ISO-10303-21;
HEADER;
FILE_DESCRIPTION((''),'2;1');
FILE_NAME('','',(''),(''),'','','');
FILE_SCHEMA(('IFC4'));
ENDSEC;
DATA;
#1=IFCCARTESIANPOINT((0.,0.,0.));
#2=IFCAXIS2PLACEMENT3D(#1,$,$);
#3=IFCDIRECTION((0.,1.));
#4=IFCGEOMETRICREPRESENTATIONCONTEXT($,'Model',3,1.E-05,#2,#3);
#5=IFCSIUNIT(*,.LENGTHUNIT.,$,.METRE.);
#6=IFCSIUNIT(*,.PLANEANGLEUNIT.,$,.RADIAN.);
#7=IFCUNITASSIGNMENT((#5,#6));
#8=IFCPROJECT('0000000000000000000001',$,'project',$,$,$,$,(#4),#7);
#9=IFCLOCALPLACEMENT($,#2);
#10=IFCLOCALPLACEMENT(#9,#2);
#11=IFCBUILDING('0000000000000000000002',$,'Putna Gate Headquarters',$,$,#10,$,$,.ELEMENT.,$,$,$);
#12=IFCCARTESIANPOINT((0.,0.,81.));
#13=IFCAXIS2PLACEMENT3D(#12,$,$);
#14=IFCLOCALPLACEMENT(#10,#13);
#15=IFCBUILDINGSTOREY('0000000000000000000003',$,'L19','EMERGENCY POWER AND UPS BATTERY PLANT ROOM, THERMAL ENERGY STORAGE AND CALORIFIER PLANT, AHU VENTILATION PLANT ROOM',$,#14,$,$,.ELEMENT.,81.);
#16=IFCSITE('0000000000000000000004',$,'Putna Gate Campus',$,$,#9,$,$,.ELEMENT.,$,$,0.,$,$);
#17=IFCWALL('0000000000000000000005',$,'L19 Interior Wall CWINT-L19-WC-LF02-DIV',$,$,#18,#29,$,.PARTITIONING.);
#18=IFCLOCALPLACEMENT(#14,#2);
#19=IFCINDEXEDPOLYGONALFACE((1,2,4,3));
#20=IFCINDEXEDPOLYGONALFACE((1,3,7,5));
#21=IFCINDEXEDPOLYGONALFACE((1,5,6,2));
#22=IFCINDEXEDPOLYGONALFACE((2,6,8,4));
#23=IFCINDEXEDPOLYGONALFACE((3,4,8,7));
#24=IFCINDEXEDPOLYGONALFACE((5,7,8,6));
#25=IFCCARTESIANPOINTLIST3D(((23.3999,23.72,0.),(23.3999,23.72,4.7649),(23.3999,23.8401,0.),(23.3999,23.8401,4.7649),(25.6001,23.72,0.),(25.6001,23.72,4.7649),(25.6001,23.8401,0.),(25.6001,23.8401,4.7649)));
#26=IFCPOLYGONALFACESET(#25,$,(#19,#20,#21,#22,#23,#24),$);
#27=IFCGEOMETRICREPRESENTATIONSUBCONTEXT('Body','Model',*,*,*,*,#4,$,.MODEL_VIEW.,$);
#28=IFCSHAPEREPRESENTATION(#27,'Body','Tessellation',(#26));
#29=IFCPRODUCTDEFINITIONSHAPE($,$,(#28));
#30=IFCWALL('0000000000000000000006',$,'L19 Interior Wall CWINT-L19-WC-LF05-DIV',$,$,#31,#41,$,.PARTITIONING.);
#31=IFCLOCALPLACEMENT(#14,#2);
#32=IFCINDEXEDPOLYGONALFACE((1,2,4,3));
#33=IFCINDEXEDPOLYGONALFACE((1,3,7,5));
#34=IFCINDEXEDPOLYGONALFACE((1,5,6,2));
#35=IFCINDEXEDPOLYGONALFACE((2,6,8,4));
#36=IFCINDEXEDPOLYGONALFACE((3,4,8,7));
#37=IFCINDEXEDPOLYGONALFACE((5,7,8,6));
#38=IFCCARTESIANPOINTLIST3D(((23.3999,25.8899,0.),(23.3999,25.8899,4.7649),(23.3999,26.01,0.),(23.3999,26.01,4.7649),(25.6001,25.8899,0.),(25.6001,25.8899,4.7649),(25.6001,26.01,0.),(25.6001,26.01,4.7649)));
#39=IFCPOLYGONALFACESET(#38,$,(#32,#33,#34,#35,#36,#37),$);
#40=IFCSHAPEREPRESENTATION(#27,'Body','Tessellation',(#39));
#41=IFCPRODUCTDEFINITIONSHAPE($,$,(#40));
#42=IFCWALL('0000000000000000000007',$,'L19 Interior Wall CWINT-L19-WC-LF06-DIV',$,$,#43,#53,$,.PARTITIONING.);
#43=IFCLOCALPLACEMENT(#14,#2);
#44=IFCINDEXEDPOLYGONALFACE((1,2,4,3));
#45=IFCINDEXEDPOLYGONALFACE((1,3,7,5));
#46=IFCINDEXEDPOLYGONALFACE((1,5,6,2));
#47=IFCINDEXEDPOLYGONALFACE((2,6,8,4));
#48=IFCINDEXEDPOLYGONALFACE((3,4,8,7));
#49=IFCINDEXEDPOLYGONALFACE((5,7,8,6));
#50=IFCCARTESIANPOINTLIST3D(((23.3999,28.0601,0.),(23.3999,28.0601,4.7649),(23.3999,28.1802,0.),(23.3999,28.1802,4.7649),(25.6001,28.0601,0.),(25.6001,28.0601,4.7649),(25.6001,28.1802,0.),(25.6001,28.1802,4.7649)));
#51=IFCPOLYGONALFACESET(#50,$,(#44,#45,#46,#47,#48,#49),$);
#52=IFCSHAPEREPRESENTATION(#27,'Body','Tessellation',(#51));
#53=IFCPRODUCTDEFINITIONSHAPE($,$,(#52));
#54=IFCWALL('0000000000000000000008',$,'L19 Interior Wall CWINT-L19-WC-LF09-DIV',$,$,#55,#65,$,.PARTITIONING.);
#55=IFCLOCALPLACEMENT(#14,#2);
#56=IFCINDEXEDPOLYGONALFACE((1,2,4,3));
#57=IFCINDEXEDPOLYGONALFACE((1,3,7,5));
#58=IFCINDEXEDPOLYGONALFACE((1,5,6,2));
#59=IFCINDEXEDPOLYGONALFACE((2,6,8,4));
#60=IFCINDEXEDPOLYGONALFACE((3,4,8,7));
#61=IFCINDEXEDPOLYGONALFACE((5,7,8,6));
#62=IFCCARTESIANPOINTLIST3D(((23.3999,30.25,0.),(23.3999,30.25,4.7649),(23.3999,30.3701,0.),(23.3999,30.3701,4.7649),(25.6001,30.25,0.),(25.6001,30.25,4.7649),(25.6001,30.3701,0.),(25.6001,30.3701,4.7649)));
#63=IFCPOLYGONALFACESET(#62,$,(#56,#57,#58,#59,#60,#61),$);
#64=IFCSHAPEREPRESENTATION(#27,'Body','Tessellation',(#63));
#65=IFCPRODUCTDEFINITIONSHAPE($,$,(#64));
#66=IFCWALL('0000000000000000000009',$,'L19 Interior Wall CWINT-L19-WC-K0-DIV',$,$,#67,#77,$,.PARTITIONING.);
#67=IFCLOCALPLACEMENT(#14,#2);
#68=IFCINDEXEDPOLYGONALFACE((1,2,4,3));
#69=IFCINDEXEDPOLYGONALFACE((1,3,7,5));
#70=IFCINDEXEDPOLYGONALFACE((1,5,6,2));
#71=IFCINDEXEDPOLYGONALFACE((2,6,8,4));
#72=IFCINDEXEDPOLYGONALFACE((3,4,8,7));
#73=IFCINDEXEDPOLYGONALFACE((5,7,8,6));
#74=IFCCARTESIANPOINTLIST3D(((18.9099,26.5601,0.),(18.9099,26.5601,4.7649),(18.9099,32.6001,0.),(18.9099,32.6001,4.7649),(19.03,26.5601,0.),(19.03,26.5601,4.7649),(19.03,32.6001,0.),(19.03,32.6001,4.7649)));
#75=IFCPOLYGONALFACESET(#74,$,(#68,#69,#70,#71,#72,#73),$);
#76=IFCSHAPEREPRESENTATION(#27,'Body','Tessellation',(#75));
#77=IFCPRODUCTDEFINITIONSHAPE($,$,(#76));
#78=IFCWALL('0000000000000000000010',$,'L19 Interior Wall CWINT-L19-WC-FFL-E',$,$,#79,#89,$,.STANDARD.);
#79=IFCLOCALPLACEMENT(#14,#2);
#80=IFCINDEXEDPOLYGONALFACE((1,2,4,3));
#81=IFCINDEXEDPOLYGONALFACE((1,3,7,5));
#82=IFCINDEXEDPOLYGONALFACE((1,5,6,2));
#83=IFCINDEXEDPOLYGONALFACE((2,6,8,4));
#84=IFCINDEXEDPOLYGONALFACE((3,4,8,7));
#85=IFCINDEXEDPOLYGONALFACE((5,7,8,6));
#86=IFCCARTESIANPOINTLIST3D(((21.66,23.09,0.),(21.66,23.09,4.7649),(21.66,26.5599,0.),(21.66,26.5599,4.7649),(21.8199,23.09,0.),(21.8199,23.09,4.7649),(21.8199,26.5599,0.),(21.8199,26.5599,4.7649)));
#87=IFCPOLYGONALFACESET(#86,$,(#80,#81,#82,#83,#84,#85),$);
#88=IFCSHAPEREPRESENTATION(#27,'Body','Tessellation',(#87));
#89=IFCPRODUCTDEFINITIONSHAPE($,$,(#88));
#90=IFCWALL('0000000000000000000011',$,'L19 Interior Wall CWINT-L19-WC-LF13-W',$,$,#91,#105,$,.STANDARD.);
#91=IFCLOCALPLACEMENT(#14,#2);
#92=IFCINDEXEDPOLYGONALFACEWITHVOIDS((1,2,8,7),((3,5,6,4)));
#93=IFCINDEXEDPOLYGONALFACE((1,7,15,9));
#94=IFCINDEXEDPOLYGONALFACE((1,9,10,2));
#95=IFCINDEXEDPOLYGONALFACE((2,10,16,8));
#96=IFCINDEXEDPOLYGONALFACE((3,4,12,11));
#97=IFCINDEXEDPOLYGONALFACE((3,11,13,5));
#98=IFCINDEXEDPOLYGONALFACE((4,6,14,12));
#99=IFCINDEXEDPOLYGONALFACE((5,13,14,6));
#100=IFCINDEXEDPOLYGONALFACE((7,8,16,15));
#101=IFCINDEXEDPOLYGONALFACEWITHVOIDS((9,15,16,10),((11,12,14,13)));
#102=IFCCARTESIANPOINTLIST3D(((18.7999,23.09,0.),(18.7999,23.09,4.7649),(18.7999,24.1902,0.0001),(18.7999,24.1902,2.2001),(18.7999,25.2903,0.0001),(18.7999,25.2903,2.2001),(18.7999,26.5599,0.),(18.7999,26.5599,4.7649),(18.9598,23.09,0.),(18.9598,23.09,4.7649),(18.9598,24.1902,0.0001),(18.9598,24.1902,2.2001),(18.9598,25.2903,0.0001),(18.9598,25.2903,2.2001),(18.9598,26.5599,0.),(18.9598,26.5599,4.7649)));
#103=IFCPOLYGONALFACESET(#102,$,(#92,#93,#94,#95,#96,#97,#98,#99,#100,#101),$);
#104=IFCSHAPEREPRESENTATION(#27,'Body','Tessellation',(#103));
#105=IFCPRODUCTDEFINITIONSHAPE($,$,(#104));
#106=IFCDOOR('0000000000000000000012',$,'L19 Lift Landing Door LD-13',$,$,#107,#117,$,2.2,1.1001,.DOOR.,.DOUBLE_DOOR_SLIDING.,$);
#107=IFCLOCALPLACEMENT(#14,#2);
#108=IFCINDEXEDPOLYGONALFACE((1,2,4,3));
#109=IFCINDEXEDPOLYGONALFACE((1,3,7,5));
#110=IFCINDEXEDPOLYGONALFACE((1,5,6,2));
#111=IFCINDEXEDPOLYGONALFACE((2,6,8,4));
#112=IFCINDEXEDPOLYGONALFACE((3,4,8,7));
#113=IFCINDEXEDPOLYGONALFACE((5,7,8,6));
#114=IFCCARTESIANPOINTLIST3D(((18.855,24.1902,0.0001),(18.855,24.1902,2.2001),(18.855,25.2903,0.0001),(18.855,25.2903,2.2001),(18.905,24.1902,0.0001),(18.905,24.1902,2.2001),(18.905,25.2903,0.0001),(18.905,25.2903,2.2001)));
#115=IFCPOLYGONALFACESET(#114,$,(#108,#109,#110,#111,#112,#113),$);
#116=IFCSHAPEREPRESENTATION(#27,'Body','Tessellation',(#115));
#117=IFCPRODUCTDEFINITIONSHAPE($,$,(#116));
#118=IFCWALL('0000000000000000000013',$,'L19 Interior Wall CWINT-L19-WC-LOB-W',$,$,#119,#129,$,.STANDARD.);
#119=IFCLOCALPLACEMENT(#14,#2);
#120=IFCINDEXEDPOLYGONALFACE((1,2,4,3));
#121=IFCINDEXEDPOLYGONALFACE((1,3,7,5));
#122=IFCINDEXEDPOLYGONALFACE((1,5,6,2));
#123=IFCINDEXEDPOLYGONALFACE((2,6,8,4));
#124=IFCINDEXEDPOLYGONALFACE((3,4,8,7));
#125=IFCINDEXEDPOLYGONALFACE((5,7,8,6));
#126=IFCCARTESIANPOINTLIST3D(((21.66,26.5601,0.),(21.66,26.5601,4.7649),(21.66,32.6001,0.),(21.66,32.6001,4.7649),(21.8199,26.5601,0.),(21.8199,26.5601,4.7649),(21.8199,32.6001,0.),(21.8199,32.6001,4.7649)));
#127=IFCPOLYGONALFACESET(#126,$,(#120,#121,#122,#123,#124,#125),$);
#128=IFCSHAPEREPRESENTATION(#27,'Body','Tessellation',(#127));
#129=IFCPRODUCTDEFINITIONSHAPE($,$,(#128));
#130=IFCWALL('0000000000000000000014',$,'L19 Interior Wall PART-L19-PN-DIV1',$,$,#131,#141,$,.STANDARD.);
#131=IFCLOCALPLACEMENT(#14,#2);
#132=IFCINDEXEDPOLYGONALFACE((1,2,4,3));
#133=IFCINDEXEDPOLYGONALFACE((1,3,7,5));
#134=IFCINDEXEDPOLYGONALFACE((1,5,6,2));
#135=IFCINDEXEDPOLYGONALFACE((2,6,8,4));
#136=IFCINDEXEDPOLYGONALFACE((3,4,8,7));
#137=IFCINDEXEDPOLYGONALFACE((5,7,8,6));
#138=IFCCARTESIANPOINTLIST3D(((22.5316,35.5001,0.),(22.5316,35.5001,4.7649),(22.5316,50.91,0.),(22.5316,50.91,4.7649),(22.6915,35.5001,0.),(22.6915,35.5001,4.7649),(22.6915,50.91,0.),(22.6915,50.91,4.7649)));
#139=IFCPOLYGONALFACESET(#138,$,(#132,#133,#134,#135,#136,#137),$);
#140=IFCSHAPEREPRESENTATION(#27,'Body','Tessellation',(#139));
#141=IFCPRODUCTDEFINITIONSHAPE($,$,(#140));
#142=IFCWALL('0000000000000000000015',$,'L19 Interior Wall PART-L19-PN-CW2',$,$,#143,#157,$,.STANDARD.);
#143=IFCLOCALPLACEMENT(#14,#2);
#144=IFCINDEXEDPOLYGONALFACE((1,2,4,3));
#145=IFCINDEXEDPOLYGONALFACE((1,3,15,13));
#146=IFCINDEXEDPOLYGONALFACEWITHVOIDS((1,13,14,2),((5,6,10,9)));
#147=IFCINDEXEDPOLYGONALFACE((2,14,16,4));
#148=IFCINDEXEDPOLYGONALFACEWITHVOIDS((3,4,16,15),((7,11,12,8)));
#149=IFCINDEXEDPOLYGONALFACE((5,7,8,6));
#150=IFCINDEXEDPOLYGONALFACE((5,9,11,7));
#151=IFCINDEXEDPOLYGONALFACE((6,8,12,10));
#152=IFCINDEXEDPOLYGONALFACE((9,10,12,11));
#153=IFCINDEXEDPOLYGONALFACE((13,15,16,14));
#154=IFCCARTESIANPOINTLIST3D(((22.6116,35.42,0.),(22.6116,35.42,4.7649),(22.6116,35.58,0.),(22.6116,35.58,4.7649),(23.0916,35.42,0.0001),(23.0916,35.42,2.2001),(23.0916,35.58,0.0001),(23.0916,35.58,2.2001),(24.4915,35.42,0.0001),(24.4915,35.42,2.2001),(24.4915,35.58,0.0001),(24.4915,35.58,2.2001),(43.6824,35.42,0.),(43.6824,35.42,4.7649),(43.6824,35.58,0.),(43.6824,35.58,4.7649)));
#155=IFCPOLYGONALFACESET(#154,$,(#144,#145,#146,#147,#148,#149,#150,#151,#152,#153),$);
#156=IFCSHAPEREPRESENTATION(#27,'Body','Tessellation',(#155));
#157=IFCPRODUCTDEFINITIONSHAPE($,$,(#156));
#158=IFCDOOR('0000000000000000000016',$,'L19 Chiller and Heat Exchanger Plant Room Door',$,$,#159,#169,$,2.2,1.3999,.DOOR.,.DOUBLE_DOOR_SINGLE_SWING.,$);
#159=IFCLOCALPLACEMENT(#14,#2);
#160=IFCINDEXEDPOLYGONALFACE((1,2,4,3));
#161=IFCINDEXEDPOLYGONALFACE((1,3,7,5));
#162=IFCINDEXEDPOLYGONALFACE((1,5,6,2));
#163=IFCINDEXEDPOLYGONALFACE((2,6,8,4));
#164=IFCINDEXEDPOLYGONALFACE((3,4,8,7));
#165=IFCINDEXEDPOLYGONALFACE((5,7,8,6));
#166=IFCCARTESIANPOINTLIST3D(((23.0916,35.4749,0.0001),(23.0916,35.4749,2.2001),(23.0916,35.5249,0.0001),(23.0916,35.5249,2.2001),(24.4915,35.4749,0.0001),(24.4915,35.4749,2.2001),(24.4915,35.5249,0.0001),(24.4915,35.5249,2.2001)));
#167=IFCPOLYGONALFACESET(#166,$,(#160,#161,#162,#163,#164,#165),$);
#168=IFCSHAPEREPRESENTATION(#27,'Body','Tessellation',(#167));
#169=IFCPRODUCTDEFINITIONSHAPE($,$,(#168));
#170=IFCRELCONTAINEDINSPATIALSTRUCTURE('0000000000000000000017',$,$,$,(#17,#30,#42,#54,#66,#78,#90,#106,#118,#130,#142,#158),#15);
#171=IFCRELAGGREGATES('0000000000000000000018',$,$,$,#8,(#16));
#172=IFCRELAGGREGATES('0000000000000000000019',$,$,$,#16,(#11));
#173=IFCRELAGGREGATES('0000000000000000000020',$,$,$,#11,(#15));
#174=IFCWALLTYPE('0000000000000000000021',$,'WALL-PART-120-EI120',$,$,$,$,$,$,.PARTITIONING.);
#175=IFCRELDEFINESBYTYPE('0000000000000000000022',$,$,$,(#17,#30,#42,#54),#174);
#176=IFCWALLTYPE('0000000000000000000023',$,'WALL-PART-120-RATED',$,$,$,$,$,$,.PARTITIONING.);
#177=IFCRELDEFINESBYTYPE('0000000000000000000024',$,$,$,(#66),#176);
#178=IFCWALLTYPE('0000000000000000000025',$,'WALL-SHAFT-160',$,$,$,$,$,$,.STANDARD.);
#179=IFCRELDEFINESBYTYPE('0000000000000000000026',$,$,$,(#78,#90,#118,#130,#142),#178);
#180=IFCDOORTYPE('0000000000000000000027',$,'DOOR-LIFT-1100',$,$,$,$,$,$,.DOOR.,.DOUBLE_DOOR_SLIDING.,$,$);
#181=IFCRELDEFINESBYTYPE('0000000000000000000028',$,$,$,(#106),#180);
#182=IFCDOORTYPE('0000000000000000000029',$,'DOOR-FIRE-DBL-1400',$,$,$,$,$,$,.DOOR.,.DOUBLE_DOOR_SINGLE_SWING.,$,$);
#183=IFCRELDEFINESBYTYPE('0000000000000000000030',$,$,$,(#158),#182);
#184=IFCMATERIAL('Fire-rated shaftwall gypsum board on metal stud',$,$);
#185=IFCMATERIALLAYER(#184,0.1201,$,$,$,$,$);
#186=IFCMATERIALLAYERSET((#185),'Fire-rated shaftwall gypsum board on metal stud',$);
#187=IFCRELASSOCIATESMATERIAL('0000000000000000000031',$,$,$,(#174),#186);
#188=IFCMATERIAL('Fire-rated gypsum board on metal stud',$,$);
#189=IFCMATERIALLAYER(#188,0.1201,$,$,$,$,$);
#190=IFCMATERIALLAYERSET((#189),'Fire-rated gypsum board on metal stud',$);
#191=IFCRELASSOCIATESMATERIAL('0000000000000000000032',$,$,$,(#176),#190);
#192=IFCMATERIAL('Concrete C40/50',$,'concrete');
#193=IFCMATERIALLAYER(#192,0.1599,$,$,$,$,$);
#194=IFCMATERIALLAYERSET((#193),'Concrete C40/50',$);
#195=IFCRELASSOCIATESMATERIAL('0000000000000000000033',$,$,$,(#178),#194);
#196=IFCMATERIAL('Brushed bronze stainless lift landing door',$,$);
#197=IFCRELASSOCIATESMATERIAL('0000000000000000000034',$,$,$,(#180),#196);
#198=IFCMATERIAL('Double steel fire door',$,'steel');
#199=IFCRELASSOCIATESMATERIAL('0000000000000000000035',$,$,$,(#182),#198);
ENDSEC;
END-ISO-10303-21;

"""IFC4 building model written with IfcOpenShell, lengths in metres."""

from ifc_helpers import new_model, si_unit, direction, frame, frame_2d, origin, place, context, subcontext, project, spatial, rectangle, extrude, material, layer, layer_set, type_object, element, fill, save


model = new_model("IFC4")

# Units and contexts
model_context = context("Model", 3, precision=1e-05, world=origin(), true_north=direction((0.0, 1.0)))
body_context = subcontext(model_context, "Body", "Model", "MODEL_VIEW")
ifc_project = project(units=[si_unit("LENGTHUNIT", "METRE"), si_unit("PLANEANGLEUNIT", "RADIAN")], contexts=[model_context])

# Site, building, storey
site_placement = place(None, origin())
site = spatial("IfcSite", under=ifc_project, at=site_placement, Name="Putna Gate Campus", CompositionType="ELEMENT", RefElevation=0.0)
building_placement = place(site_placement, origin())
building = spatial("IfcBuilding", under=site, at=building_placement, Name="Putna Gate Headquarters", CompositionType="ELEMENT")
storey_placement = place(building_placement, frame((0.0, 0.0, 81.0)))
storey = spatial("IfcBuildingStorey", under=building, at=storey_placement, Name="L19", Description="EMERGENCY POWER AND UPS BATTERY PLANT ROOM, THERMAL ENERGY STORAGE AND CALORIFIER PLANT, AHU VENTILATION PLANT ROOM", CompositionType="ELEMENT", Elevation=81.0)

# Walls
ifc_material_1 = material(Name="Fire-rated shaftwall gypsum board on metal stud")
ifc_layer_1 = layer(ifc_material_1, 0.1201)
ifc_layer_set_1 = layer_set([ifc_layer_1], Name="Fire-rated shaftwall gypsum board on metal stud")
wall_type_1 = type_object("IfcWallType", Name="WALL-PART-120-EI120", PredefinedType="PARTITIONING", material=ifc_layer_set_1)
for number, where, z_axis, x_axis, name in (
    (1, (23.3999, 23.78, 0.0), (0.0, 0.0, 1.0), (1.0, 0.0, 0.0), "L19 Interior Wall CWINT-L19-WC-LF02-DIV"),
    (2, (23.3999, 25.95, 0.0), (0.0, 0.0, 1.0), (1.0, 0.0, 0.0), "L19 Interior Wall CWINT-L19-WC-LF05-DIV"),
    (3, (23.3999, 28.1201, 0.0), (0.0, 0.0, 1.0), (1.0, 0.0, 0.0), "L19 Interior Wall CWINT-L19-WC-LF06-DIV"),
    (4, (23.3999, 30.3101, 0.0), (0.0, 0.0, 1.0), (1.0, 0.0, 0.0), "L19 Interior Wall CWINT-L19-WC-LF09-DIV"),
):
    element("IfcWall", number, at=place(storey_placement, frame(where, z_axis=z_axis, x_axis=x_axis)), inside=storey, type_object=wall_type_1, Name=name, PredefinedType="PARTITIONING", context=body_context, shape_type="SweptSolid", body=[
        extrude(rectangle(XDim=2.2002, YDim=0.1201, at=frame_2d((1.1001, 0.0))), origin(), (0.0, 0.0, 1.0), 4.7649),
    ])
ifc_material_2 = material(Name="Fire-rated gypsum board on metal stud")
ifc_layer_2 = layer(ifc_material_2, 0.1201)
ifc_layer_set_2 = layer_set([ifc_layer_2], Name="Fire-rated gypsum board on metal stud")
wall_type_2 = type_object("IfcWallType", Name="WALL-PART-120-RATED", PredefinedType="PARTITIONING", material=ifc_layer_set_2)
wall_1_placement = place(storey_placement, frame((18.97, 26.5601, 0.0), z_axis=(0.0, 0.0, 1.0), x_axis=(0.0, 1.0, 0.0)))
element("IfcWall", 5, at=wall_1_placement, inside=storey, type_object=wall_type_2, Name="L19 Interior Wall CWINT-L19-WC-K0-DIV", PredefinedType="PARTITIONING", context=body_context, shape_type="SweptSolid", body=[
    extrude(rectangle(XDim=6.04, YDim=0.1201, at=frame_2d((3.02, 0.0))), origin(), (0.0, 0.0, 1.0), 4.7649),
])
ifc_material_3 = material(Name="Concrete C40/50", Category="concrete")
ifc_layer_3 = layer(ifc_material_3, 0.1599)
ifc_layer_set_3 = layer_set([ifc_layer_3], Name="Concrete C40/50")
wall_type_3 = type_object("IfcWallType", Name="WALL-SHAFT-160", PredefinedType="STANDARD", material=ifc_layer_set_3)
wall_2_placement = place(storey_placement, frame((21.74, 23.0901, 0.0), z_axis=(0.0, 0.0, 1.0), x_axis=(0.0, 1.0, 0.0)))
element("IfcWall", 6, at=wall_2_placement, inside=storey, type_object=wall_type_3, Name="L19 Interior Wall CWINT-L19-WC-FFL-E", PredefinedType="STANDARD", context=body_context, shape_type="SweptSolid", body=[
    extrude(rectangle(XDim=3.47, YDim=0.1599, at=frame_2d((1.7349, 0.0))), origin(), (0.0, 0.0, 1.0), 4.7649),
])

# Wall, opening, door
wall_3_placement = place(storey_placement, frame((18.8799, 23.0901, 0.0), z_axis=(0.0, 0.0, 1.0), x_axis=(0.0, 1.0, 0.0)))
wall_3 = element("IfcWall", 7, at=wall_3_placement, inside=storey, type_object=wall_type_3, Name="L19 Interior Wall CWINT-L19-WC-LF13-W", PredefinedType="STANDARD", context=body_context, shape_type="SweptSolid", body=[
    extrude(rectangle(XDim=3.47, YDim=0.1599, at=frame_2d((1.7349, 0.0))), origin(), (0.0, 0.0, 1.0), 4.7649),
])
opening_1_placement = place(wall_3_placement, frame((1.1001, 0.0, 0.0)))
opening_1 = element("IfcOpeningElement", 8, at=opening_1_placement, cuts=wall_3, PredefinedType="OPENING", context=body_context, shape_type="SweptSolid", body=[
    extrude(rectangle(XDim=1.1001, YDim=2.2, at=frame_2d((0.55, 1.1001))), frame((0.0, 0.0898, 0.0), z_axis=(0.0, -1.0, 0.0), x_axis=(1.0, 0.0, 0.0)), (0.0, 0.0, 1.0), 0.1799),
])
ifc_material_4 = material(Name="Brushed bronze stainless lift landing door")
door_type_1 = type_object("IfcDoorType", Name="DOOR-LIFT-1100", OperationType="DOUBLE_DOOR_SLIDING", PredefinedType="DOOR", material=ifc_material_4)
door_1_placement = place(opening_1_placement, origin())
door_1 = element("IfcDoor", 9, at=door_1_placement, inside=storey, type_object=door_type_1, Name="L19 Lift Landing Door LD-13", OperationType="DOUBLE_DOOR_SLIDING", OverallHeight=2.2, OverallWidth=1.1001, PredefinedType="DOOR", context=body_context, shape_type="SweptSolid", body=[
    extrude(rectangle(XDim=1.1001, YDim=2.2, at=frame_2d((0.55, 1.1001))), frame((0.0, 0.0249, 0.0), z_axis=(0.0, -1.0, 0.0), x_axis=(1.0, 0.0, 0.0)), (0.0, 0.0, 1.0), 0.05),
])
fill(opening_1, door_1)

# Walls
wall_4_placement = place(storey_placement, frame((21.74, 26.5601, 0.0), z_axis=(0.0, 0.0, 1.0), x_axis=(0.0, 1.0, 0.0)))
element("IfcWall", 10, at=wall_4_placement, inside=storey, type_object=wall_type_3, Name="L19 Interior Wall CWINT-L19-WC-LOB-W", PredefinedType="STANDARD", context=body_context, shape_type="SweptSolid", body=[
    extrude(rectangle(XDim=6.04, YDim=0.1599, at=frame_2d((3.02, 0.0))), origin(), (0.0, 0.0, 1.0), 4.7649),
])
wall_5_placement = place(storey_placement, frame((22.6116, 35.5, 0.0), z_axis=(0.0, 0.0, 1.0), x_axis=(0.0, 1.0, 0.0)))
element("IfcWall", 11, at=wall_5_placement, inside=storey, type_object=wall_type_3, Name="L19 Interior Wall PART-L19-PN-DIV1", PredefinedType="STANDARD", context=body_context, shape_type="SweptSolid", body=[
    extrude(rectangle(XDim=15.4099, YDim=0.1599, at=frame_2d((7.7051, 0.0))), origin(), (0.0, 0.0, 1.0), 4.7649),
])

# Wall, opening, door
wall_6_placement = place(storey_placement, frame((22.6116, 35.5, 0.0), z_axis=(0.0, 0.0, 1.0), x_axis=(1.0, 0.0, 0.0)))
wall_6 = element("IfcWall", 12, at=wall_6_placement, inside=storey, type_object=wall_type_3, Name="L19 Interior Wall PART-L19-PN-CW2", PredefinedType="STANDARD", context=body_context, shape_type="SweptSolid", body=[
    extrude(rectangle(XDim=21.0708, YDim=0.1599, at=frame_2d((10.5354, 0.0))), origin(), (0.0, 0.0, 1.0), 4.7649),
])
opening_2_placement = place(wall_6_placement, frame((0.48, 0.0, 0.0)))
opening_2 = element("IfcOpeningElement", 13, at=opening_2_placement, cuts=wall_6, PredefinedType="OPENING", context=body_context, shape_type="SweptSolid", body=[
    extrude(rectangle(XDim=1.3999, YDim=2.2, at=frame_2d((0.7, 1.1001))), frame((0.0, 0.0898, 0.0), z_axis=(0.0, -1.0, 0.0), x_axis=(1.0, 0.0, 0.0)), (0.0, 0.0, 1.0), 0.1799),
])
ifc_material_5 = material(Name="Double steel fire door", Category="steel")
door_type_2 = type_object("IfcDoorType", Name="DOOR-FIRE-DBL-1400", OperationType="DOUBLE_DOOR_SINGLE_SWING", PredefinedType="DOOR", material=ifc_material_5)
door_2_placement = place(opening_2_placement, origin())
door_2 = element("IfcDoor", 14, at=door_2_placement, inside=storey, type_object=door_type_2, Name="L19 Chiller and Heat Exchanger Plant Room Door", OperationType="DOUBLE_DOOR_SINGLE_SWING", OverallHeight=2.2, OverallWidth=1.3999, PredefinedType="DOOR", context=body_context, shape_type="SweptSolid", body=[
    extrude(rectangle(XDim=1.3999, YDim=2.2, at=frame_2d((0.7, 1.1001))), frame((0.0, 0.0249, 0.0), z_axis=(0.0, -1.0, 0.0), x_axis=(1.0, 0.0, 0.0)), (0.0, 0.0, 1.0), 0.05),
])
fill(opening_2, door_2)

save(model, "model.ifc")
